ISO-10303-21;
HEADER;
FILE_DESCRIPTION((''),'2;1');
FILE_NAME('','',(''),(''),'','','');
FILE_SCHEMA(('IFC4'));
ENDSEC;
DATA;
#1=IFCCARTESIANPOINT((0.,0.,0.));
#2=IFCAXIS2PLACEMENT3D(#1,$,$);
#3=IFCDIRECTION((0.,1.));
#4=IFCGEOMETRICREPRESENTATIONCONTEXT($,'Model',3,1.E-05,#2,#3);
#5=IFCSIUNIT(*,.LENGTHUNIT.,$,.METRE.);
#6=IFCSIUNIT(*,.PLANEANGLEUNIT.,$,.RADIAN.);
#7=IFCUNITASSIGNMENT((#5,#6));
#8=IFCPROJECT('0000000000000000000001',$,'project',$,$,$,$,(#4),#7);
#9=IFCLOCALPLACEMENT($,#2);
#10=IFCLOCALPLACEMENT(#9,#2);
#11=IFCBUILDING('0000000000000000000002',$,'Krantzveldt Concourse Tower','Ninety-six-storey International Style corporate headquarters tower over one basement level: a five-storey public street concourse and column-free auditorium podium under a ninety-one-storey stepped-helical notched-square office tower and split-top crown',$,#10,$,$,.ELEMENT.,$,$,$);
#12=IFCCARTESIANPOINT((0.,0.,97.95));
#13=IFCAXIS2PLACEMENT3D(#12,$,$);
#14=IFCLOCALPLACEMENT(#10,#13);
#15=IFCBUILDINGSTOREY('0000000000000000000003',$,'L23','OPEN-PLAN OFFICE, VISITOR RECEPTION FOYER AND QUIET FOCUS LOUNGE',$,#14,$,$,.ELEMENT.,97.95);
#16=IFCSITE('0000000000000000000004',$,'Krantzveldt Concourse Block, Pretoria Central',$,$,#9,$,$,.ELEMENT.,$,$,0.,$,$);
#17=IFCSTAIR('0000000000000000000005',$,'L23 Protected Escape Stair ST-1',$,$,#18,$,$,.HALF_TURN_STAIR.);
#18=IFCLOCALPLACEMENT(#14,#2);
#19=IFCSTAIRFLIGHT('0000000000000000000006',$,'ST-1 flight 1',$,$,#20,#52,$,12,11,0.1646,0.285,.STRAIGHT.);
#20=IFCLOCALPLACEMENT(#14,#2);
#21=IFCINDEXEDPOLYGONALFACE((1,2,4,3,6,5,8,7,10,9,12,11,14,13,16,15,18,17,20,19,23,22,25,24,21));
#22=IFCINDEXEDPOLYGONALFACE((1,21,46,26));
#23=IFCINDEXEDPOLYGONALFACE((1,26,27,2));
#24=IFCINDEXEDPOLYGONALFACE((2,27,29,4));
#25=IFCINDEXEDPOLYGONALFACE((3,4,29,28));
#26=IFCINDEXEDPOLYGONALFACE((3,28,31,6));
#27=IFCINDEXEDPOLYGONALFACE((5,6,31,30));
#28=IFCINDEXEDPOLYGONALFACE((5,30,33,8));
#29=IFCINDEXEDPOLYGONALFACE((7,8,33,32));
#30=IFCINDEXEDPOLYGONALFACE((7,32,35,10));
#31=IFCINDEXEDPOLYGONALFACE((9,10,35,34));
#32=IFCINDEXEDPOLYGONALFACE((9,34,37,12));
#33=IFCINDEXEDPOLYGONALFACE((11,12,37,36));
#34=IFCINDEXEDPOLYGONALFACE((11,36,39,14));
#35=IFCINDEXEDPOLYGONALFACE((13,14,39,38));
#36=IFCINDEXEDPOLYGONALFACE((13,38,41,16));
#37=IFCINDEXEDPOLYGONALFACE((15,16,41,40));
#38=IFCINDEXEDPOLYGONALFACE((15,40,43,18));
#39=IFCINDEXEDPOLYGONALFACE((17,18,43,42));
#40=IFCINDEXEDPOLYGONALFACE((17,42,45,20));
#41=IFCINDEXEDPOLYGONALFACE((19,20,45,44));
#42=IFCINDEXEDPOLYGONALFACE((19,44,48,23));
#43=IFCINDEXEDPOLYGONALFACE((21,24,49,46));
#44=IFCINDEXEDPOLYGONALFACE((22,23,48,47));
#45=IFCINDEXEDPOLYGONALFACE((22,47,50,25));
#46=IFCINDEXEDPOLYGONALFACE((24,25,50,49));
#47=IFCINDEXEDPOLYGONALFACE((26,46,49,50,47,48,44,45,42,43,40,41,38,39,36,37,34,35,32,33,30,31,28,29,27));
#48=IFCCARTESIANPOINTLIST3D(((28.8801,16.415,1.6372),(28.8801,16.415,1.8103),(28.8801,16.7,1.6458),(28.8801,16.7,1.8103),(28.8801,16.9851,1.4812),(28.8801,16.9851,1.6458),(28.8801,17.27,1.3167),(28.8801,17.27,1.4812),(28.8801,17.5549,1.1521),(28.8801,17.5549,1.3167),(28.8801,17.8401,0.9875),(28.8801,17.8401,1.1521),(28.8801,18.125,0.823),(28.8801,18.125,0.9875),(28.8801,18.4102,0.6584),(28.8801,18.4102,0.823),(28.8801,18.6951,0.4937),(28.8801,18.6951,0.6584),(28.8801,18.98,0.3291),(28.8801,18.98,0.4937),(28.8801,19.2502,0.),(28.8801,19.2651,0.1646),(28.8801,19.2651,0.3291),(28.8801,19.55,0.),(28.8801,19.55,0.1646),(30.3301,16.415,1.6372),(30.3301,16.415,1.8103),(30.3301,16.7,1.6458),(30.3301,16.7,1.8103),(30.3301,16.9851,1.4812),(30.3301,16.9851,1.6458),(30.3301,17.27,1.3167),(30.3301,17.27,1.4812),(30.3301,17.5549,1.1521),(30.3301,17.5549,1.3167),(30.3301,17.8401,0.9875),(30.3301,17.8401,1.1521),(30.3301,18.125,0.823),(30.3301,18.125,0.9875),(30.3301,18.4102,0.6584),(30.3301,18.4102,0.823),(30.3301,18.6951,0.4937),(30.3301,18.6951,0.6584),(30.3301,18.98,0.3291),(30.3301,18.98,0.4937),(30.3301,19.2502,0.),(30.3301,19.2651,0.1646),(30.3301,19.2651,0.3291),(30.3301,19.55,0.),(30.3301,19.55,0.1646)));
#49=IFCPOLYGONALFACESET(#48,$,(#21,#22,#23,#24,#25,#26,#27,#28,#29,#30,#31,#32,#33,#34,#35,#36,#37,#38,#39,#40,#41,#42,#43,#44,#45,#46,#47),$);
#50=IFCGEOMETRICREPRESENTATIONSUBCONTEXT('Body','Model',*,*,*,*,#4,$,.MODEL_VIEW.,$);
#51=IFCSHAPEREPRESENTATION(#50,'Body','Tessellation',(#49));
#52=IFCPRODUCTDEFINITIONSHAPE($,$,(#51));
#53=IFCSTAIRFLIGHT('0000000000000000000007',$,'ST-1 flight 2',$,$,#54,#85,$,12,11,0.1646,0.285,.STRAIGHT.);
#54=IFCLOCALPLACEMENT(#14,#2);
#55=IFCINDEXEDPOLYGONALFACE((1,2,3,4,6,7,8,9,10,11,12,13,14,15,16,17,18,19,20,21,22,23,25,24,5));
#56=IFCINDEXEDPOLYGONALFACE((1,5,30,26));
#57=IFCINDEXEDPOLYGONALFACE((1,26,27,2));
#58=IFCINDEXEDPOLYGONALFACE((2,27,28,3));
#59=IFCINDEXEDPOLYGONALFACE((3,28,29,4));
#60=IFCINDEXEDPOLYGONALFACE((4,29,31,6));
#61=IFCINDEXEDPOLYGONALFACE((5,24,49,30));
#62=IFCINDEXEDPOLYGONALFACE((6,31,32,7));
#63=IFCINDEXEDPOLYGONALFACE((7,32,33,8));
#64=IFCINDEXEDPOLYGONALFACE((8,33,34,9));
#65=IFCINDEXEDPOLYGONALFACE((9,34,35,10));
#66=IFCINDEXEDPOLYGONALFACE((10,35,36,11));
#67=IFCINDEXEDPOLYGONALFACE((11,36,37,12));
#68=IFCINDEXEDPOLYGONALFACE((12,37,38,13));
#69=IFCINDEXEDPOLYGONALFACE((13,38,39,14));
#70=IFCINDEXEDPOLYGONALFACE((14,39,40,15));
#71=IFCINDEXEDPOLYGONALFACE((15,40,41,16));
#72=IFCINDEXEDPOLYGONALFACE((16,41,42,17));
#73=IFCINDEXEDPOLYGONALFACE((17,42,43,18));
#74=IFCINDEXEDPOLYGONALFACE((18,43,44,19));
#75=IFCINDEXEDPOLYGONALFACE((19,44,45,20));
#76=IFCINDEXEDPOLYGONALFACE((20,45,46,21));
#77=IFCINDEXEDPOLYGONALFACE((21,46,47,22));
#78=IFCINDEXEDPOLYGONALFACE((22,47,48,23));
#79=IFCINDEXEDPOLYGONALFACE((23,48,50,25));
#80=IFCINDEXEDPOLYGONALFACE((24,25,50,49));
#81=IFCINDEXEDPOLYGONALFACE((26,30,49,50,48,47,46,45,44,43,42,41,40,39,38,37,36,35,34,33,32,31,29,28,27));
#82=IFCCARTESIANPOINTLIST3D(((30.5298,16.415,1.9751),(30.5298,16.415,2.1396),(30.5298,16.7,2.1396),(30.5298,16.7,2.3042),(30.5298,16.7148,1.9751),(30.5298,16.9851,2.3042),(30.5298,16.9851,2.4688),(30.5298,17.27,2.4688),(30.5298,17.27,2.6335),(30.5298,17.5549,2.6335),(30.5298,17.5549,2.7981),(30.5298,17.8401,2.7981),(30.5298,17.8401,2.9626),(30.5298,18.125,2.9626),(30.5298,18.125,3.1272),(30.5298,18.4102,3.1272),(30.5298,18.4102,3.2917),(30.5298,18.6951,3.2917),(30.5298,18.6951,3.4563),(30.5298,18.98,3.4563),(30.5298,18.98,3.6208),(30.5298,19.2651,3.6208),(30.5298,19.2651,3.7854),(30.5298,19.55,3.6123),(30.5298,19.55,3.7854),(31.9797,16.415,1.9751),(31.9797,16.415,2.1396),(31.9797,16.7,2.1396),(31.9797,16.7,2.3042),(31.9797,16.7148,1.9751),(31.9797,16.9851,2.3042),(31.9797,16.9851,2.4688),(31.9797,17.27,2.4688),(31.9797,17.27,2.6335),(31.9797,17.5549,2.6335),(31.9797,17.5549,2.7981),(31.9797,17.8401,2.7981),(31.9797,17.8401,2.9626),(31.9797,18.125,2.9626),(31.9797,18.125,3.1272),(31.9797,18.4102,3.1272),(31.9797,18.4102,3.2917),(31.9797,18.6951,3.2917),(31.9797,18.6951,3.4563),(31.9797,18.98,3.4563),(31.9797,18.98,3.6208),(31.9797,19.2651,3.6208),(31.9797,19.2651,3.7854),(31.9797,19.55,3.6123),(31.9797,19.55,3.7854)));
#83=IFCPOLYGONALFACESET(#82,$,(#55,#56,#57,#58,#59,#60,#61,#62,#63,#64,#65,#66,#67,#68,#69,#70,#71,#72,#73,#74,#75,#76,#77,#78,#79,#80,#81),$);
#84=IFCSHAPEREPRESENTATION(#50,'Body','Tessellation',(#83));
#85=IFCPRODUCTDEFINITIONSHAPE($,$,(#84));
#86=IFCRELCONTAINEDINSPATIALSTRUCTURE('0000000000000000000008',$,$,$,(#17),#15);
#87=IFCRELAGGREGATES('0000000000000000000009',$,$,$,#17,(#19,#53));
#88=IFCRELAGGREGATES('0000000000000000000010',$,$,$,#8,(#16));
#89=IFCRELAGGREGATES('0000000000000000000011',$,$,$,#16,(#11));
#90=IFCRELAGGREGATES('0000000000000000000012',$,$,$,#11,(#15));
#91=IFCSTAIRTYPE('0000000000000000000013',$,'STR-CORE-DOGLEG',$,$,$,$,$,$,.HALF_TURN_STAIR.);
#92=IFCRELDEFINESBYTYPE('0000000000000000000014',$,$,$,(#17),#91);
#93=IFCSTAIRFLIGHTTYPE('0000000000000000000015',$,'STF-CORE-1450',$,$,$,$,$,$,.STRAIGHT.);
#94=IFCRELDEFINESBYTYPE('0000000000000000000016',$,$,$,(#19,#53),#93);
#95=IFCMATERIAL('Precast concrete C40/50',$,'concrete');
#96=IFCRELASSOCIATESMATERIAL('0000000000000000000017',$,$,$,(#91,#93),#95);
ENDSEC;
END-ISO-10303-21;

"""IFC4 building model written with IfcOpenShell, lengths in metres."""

from ifc_helpers import new_model, si_unit, direction, frame, origin, place, context, subcontext, project, spatial, polyline, outline, extrude, material, type_object, element, aggregate, save


model = new_model("IFC4")

# Units and contexts
model_context = context("Model", 3, precision=1e-05, world=origin(), true_north=direction((0.0, 1.0)))
body_context = subcontext(model_context, "Body", "Model", "MODEL_VIEW")
ifc_project = project(units=[si_unit("LENGTHUNIT", "METRE"), si_unit("PLANEANGLEUNIT", "RADIAN")], contexts=[model_context])

# Site, building, storey
site_placement = place(None, origin())
site = spatial("IfcSite", under=ifc_project, at=site_placement, Name="Krantzveldt Concourse Block, Pretoria Central", CompositionType="ELEMENT", RefElevation=0.0)
building_placement = place(site_placement, origin())
building = spatial("IfcBuilding", under=site, at=building_placement, Name="Krantzveldt Concourse Tower", Description="Ninety-six-storey International Style corporate headquarters tower over one basement level: a five-storey public street concourse and column-free auditorium podium under a ninety-one-storey stepped-helical notched-square office tower and split-top crown", CompositionType="ELEMENT")
storey_placement = place(building_placement, frame((0.0, 0.0, 97.95)))
storey = spatial("IfcBuildingStorey", under=building, at=storey_placement, Name="L23", Description="OPEN-PLAN OFFICE, VISITOR RECEPTION FOYER AND QUIET FOCUS LOUNGE", CompositionType="ELEMENT", Elevation=97.95)

# Stair, stair flights
ifc_material_1 = material(Name="Precast concrete C40/50", Category="concrete")
stair_type = type_object("IfcStairType", Name="STR-CORE-DOGLEG", PredefinedType="HALF_TURN_STAIR", material=ifc_material_1)
stair_placement = place(storey_placement, origin())
stair = element("IfcStair", 1, at=stair_placement, inside=storey, type_object=stair_type, Name="L23 Protected Escape Stair ST-1", PredefinedType="HALF_TURN_STAIR")
stair_flight_type = type_object("IfcStairFlightType", Name="STF-CORE-1450", PredefinedType="STRAIGHT", material=ifc_material_1)
stair_flight_1_placement = place(storey_placement, frame((29.605, 19.55, 0.0), z_axis=(0.0, 0.0, 1.0), x_axis=(0.0, -1.0, 0.0)))
stair_flight_1 = element("IfcStairFlight", 2, at=stair_flight_1_placement, type_object=stair_flight_type, Name="ST-1 flight 1", NumberOfRisers=12, NumberOfTreads=11, PredefinedType="STRAIGHT", RiserHeight=0.1646, TreadLength=0.285, context=body_context, shape_type="SweptSolid", body=[
    extrude(outline(polyline([(0.0, 0.0), (0.0, 0.1646), (0.2849, 0.1646), (0.2849, 0.3291), (0.5701, 0.3291), (0.5701, 0.4937), (0.855, 0.4937), (0.855, 0.6584), (1.1399, 0.6584), (1.1399, 0.823), (1.425, 0.823), (1.425, 0.9875), (1.71, 0.9875), (1.71, 1.1521), (1.9951, 1.1521), (1.9951, 1.3167), (2.28, 1.3167), (2.28, 1.4812), (2.5649, 1.4812), (2.5649, 1.6458), (2.8501, 1.6458), (2.8501, 1.8103), (3.135, 1.8103), (3.135, 1.9751), (3.135, 1.6372), (0.2998, 0.0), (0.0, 0.0)])), frame((0.0, 0.7251, 0.0), z_axis=(0.0, -1.0, 0.0), x_axis=(1.0, 0.0, 0.0)), (0.0, 0.0, 1.0), 1.45),
])
stair_flight_2_placement = place(storey_placement, frame((31.2549, 16.415, 1.9751), z_axis=(0.0, 0.0, 1.0), x_axis=(0.0, 1.0, 0.0)))
stair_flight_2 = element("IfcStairFlight", 3, at=stair_flight_2_placement, type_object=stair_flight_type, Name="ST-1 flight 2", NumberOfRisers=12, NumberOfTreads=11, PredefinedType="STRAIGHT", RiserHeight=0.1646, TreadLength=0.285, context=body_context, shape_type="SweptSolid", body=[
    extrude(outline(polyline([(0.0, 0.0), (0.0, 0.1646), (0.2849, 0.1646), (0.2849, 0.3291), (0.5701, 0.3291), (0.5701, 0.4937), (0.855, 0.4937), (0.855, 0.6584), (1.1399, 0.6584), (1.1399, 0.823), (1.425, 0.823), (1.425, 0.9875), (1.71, 0.9875), (1.71, 1.1521), (1.9951, 1.1521), (1.9951, 1.3167), (2.28, 1.3167), (2.28, 1.4812), (2.5649, 1.4812), (2.5649, 1.6458), (2.8501, 1.6458), (2.8501, 1.8103), (3.135, 1.8103), (3.135, 1.9751), (3.135, 1.6372), (0.2998, 0.0), (0.0, 0.0)])), frame((0.0, 0.7251, 0.0), z_axis=(0.0, -1.0, 0.0), x_axis=(1.0, 0.0, 0.0)), (0.0, 0.0, 1.0), 1.45),
])
aggregate(stair, [stair_flight_1, stair_flight_2])

save(model, "model.ifc")
